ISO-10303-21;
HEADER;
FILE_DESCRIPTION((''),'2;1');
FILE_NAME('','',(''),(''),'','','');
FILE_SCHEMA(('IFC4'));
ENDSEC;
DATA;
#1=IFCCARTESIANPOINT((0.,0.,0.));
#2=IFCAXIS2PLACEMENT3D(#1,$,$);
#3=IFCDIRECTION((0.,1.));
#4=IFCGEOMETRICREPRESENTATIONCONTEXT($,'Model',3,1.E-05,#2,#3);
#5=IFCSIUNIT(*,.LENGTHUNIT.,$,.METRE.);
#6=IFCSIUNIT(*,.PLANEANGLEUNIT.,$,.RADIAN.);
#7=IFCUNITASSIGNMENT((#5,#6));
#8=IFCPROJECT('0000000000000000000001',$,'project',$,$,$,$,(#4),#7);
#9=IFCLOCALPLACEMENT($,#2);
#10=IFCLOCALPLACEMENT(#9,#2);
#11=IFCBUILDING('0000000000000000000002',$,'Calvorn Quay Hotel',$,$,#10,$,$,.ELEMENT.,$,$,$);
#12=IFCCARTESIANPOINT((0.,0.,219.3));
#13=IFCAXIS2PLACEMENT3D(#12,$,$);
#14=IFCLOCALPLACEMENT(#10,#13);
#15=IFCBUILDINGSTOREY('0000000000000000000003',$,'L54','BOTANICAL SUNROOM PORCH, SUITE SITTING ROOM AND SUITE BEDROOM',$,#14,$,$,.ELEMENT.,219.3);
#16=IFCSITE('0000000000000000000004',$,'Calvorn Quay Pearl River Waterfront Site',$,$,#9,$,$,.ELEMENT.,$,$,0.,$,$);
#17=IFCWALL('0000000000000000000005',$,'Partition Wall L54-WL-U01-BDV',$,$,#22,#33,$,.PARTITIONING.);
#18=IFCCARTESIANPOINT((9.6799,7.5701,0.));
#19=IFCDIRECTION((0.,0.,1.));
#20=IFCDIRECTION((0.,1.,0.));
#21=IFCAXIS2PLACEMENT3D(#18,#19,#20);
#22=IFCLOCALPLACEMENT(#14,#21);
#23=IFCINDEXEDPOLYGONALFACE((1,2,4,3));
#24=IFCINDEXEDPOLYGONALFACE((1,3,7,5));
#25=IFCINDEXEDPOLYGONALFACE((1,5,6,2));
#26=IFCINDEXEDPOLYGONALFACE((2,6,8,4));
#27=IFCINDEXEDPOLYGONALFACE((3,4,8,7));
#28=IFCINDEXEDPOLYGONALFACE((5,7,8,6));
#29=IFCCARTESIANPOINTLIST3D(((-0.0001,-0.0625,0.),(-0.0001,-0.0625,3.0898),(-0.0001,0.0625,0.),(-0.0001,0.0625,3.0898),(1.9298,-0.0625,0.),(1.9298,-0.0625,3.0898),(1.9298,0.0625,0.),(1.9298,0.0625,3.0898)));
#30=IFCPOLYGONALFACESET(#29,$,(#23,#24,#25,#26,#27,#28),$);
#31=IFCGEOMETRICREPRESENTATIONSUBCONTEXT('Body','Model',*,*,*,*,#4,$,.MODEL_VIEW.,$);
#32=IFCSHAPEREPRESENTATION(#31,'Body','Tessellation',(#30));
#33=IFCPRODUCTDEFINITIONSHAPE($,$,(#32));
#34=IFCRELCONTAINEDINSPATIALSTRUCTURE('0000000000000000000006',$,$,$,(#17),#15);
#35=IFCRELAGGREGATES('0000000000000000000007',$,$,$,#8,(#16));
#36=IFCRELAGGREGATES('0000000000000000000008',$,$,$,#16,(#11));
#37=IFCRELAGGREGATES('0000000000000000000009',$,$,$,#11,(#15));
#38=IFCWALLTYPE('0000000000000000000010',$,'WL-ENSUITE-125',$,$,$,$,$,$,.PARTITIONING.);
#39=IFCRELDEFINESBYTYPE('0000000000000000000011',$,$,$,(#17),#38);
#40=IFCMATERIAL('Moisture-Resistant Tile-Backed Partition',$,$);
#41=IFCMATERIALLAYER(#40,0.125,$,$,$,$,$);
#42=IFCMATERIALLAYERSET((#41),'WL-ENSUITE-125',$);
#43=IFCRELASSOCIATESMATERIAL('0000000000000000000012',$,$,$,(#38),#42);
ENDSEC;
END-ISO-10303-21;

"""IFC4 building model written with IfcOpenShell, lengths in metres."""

from ifc_helpers import new_model, si_unit, direction, frame, frame_2d, origin, place, context, subcontext, project, spatial, rectangle, extrude, material, layer, layer_set, type_object, element, save


model = new_model("IFC4")

# Units and contexts
model_context = context("Model", 3, precision=1e-05, world=origin(), true_north=direction((0.0, 1.0)))
body_context = subcontext(model_context, "Body", "Model", "MODEL_VIEW")
ifc_project = project(units=[si_unit("LENGTHUNIT", "METRE"), si_unit("PLANEANGLEUNIT", "RADIAN")], contexts=[model_context])

# Site, building, storey
site_placement = place(None, origin())
site = spatial("IfcSite", under=ifc_project, at=site_placement, Name="Calvorn Quay Pearl River Waterfront Site", CompositionType="ELEMENT", RefElevation=0.0)
building_placement = place(site_placement, origin())
building = spatial("IfcBuilding", under=site, at=building_placement, Name="Calvorn Quay Hotel", CompositionType="ELEMENT")
storey_placement = place(building_placement, frame((0.0, 0.0, 219.3)))
storey = spatial("IfcBuildingStorey", under=building, at=storey_placement, Name="L54", Description="BOTANICAL SUNROOM PORCH, SUITE SITTING ROOM AND SUITE BEDROOM", CompositionType="ELEMENT", Elevation=219.3)

# Wall
ifc_material_1 = material(Name="Moisture-Resistant Tile-Backed Partition")
ifc_layer_1 = layer(ifc_material_1, 0.125)
ifc_layer_set_1 = layer_set([ifc_layer_1], Name="WL-ENSUITE-125")
wall_type_1 = type_object("IfcWallType", Name="WL-ENSUITE-125", PredefinedType="PARTITIONING", material=ifc_layer_set_1)
wall_1_placement = place(storey_placement, frame((9.6799, 7.5701, 0.0), z_axis=(0.0, 0.0, 1.0), x_axis=(0.0, 1.0, 0.0)))
element("IfcWall", 1, at=wall_1_placement, inside=storey, type_object=wall_type_1, Name="Partition Wall L54-WL-U01-BDV", PredefinedType="PARTITIONING", context=body_context, shape_type="SweptSolid", body=[
    extrude(rectangle(XDim=1.9299, YDim=0.125, at=frame_2d((0.9648, 0.0))), origin(), (0.0, 0.0, 1.0), 3.0898),
])

save(model, "model.ifc")
